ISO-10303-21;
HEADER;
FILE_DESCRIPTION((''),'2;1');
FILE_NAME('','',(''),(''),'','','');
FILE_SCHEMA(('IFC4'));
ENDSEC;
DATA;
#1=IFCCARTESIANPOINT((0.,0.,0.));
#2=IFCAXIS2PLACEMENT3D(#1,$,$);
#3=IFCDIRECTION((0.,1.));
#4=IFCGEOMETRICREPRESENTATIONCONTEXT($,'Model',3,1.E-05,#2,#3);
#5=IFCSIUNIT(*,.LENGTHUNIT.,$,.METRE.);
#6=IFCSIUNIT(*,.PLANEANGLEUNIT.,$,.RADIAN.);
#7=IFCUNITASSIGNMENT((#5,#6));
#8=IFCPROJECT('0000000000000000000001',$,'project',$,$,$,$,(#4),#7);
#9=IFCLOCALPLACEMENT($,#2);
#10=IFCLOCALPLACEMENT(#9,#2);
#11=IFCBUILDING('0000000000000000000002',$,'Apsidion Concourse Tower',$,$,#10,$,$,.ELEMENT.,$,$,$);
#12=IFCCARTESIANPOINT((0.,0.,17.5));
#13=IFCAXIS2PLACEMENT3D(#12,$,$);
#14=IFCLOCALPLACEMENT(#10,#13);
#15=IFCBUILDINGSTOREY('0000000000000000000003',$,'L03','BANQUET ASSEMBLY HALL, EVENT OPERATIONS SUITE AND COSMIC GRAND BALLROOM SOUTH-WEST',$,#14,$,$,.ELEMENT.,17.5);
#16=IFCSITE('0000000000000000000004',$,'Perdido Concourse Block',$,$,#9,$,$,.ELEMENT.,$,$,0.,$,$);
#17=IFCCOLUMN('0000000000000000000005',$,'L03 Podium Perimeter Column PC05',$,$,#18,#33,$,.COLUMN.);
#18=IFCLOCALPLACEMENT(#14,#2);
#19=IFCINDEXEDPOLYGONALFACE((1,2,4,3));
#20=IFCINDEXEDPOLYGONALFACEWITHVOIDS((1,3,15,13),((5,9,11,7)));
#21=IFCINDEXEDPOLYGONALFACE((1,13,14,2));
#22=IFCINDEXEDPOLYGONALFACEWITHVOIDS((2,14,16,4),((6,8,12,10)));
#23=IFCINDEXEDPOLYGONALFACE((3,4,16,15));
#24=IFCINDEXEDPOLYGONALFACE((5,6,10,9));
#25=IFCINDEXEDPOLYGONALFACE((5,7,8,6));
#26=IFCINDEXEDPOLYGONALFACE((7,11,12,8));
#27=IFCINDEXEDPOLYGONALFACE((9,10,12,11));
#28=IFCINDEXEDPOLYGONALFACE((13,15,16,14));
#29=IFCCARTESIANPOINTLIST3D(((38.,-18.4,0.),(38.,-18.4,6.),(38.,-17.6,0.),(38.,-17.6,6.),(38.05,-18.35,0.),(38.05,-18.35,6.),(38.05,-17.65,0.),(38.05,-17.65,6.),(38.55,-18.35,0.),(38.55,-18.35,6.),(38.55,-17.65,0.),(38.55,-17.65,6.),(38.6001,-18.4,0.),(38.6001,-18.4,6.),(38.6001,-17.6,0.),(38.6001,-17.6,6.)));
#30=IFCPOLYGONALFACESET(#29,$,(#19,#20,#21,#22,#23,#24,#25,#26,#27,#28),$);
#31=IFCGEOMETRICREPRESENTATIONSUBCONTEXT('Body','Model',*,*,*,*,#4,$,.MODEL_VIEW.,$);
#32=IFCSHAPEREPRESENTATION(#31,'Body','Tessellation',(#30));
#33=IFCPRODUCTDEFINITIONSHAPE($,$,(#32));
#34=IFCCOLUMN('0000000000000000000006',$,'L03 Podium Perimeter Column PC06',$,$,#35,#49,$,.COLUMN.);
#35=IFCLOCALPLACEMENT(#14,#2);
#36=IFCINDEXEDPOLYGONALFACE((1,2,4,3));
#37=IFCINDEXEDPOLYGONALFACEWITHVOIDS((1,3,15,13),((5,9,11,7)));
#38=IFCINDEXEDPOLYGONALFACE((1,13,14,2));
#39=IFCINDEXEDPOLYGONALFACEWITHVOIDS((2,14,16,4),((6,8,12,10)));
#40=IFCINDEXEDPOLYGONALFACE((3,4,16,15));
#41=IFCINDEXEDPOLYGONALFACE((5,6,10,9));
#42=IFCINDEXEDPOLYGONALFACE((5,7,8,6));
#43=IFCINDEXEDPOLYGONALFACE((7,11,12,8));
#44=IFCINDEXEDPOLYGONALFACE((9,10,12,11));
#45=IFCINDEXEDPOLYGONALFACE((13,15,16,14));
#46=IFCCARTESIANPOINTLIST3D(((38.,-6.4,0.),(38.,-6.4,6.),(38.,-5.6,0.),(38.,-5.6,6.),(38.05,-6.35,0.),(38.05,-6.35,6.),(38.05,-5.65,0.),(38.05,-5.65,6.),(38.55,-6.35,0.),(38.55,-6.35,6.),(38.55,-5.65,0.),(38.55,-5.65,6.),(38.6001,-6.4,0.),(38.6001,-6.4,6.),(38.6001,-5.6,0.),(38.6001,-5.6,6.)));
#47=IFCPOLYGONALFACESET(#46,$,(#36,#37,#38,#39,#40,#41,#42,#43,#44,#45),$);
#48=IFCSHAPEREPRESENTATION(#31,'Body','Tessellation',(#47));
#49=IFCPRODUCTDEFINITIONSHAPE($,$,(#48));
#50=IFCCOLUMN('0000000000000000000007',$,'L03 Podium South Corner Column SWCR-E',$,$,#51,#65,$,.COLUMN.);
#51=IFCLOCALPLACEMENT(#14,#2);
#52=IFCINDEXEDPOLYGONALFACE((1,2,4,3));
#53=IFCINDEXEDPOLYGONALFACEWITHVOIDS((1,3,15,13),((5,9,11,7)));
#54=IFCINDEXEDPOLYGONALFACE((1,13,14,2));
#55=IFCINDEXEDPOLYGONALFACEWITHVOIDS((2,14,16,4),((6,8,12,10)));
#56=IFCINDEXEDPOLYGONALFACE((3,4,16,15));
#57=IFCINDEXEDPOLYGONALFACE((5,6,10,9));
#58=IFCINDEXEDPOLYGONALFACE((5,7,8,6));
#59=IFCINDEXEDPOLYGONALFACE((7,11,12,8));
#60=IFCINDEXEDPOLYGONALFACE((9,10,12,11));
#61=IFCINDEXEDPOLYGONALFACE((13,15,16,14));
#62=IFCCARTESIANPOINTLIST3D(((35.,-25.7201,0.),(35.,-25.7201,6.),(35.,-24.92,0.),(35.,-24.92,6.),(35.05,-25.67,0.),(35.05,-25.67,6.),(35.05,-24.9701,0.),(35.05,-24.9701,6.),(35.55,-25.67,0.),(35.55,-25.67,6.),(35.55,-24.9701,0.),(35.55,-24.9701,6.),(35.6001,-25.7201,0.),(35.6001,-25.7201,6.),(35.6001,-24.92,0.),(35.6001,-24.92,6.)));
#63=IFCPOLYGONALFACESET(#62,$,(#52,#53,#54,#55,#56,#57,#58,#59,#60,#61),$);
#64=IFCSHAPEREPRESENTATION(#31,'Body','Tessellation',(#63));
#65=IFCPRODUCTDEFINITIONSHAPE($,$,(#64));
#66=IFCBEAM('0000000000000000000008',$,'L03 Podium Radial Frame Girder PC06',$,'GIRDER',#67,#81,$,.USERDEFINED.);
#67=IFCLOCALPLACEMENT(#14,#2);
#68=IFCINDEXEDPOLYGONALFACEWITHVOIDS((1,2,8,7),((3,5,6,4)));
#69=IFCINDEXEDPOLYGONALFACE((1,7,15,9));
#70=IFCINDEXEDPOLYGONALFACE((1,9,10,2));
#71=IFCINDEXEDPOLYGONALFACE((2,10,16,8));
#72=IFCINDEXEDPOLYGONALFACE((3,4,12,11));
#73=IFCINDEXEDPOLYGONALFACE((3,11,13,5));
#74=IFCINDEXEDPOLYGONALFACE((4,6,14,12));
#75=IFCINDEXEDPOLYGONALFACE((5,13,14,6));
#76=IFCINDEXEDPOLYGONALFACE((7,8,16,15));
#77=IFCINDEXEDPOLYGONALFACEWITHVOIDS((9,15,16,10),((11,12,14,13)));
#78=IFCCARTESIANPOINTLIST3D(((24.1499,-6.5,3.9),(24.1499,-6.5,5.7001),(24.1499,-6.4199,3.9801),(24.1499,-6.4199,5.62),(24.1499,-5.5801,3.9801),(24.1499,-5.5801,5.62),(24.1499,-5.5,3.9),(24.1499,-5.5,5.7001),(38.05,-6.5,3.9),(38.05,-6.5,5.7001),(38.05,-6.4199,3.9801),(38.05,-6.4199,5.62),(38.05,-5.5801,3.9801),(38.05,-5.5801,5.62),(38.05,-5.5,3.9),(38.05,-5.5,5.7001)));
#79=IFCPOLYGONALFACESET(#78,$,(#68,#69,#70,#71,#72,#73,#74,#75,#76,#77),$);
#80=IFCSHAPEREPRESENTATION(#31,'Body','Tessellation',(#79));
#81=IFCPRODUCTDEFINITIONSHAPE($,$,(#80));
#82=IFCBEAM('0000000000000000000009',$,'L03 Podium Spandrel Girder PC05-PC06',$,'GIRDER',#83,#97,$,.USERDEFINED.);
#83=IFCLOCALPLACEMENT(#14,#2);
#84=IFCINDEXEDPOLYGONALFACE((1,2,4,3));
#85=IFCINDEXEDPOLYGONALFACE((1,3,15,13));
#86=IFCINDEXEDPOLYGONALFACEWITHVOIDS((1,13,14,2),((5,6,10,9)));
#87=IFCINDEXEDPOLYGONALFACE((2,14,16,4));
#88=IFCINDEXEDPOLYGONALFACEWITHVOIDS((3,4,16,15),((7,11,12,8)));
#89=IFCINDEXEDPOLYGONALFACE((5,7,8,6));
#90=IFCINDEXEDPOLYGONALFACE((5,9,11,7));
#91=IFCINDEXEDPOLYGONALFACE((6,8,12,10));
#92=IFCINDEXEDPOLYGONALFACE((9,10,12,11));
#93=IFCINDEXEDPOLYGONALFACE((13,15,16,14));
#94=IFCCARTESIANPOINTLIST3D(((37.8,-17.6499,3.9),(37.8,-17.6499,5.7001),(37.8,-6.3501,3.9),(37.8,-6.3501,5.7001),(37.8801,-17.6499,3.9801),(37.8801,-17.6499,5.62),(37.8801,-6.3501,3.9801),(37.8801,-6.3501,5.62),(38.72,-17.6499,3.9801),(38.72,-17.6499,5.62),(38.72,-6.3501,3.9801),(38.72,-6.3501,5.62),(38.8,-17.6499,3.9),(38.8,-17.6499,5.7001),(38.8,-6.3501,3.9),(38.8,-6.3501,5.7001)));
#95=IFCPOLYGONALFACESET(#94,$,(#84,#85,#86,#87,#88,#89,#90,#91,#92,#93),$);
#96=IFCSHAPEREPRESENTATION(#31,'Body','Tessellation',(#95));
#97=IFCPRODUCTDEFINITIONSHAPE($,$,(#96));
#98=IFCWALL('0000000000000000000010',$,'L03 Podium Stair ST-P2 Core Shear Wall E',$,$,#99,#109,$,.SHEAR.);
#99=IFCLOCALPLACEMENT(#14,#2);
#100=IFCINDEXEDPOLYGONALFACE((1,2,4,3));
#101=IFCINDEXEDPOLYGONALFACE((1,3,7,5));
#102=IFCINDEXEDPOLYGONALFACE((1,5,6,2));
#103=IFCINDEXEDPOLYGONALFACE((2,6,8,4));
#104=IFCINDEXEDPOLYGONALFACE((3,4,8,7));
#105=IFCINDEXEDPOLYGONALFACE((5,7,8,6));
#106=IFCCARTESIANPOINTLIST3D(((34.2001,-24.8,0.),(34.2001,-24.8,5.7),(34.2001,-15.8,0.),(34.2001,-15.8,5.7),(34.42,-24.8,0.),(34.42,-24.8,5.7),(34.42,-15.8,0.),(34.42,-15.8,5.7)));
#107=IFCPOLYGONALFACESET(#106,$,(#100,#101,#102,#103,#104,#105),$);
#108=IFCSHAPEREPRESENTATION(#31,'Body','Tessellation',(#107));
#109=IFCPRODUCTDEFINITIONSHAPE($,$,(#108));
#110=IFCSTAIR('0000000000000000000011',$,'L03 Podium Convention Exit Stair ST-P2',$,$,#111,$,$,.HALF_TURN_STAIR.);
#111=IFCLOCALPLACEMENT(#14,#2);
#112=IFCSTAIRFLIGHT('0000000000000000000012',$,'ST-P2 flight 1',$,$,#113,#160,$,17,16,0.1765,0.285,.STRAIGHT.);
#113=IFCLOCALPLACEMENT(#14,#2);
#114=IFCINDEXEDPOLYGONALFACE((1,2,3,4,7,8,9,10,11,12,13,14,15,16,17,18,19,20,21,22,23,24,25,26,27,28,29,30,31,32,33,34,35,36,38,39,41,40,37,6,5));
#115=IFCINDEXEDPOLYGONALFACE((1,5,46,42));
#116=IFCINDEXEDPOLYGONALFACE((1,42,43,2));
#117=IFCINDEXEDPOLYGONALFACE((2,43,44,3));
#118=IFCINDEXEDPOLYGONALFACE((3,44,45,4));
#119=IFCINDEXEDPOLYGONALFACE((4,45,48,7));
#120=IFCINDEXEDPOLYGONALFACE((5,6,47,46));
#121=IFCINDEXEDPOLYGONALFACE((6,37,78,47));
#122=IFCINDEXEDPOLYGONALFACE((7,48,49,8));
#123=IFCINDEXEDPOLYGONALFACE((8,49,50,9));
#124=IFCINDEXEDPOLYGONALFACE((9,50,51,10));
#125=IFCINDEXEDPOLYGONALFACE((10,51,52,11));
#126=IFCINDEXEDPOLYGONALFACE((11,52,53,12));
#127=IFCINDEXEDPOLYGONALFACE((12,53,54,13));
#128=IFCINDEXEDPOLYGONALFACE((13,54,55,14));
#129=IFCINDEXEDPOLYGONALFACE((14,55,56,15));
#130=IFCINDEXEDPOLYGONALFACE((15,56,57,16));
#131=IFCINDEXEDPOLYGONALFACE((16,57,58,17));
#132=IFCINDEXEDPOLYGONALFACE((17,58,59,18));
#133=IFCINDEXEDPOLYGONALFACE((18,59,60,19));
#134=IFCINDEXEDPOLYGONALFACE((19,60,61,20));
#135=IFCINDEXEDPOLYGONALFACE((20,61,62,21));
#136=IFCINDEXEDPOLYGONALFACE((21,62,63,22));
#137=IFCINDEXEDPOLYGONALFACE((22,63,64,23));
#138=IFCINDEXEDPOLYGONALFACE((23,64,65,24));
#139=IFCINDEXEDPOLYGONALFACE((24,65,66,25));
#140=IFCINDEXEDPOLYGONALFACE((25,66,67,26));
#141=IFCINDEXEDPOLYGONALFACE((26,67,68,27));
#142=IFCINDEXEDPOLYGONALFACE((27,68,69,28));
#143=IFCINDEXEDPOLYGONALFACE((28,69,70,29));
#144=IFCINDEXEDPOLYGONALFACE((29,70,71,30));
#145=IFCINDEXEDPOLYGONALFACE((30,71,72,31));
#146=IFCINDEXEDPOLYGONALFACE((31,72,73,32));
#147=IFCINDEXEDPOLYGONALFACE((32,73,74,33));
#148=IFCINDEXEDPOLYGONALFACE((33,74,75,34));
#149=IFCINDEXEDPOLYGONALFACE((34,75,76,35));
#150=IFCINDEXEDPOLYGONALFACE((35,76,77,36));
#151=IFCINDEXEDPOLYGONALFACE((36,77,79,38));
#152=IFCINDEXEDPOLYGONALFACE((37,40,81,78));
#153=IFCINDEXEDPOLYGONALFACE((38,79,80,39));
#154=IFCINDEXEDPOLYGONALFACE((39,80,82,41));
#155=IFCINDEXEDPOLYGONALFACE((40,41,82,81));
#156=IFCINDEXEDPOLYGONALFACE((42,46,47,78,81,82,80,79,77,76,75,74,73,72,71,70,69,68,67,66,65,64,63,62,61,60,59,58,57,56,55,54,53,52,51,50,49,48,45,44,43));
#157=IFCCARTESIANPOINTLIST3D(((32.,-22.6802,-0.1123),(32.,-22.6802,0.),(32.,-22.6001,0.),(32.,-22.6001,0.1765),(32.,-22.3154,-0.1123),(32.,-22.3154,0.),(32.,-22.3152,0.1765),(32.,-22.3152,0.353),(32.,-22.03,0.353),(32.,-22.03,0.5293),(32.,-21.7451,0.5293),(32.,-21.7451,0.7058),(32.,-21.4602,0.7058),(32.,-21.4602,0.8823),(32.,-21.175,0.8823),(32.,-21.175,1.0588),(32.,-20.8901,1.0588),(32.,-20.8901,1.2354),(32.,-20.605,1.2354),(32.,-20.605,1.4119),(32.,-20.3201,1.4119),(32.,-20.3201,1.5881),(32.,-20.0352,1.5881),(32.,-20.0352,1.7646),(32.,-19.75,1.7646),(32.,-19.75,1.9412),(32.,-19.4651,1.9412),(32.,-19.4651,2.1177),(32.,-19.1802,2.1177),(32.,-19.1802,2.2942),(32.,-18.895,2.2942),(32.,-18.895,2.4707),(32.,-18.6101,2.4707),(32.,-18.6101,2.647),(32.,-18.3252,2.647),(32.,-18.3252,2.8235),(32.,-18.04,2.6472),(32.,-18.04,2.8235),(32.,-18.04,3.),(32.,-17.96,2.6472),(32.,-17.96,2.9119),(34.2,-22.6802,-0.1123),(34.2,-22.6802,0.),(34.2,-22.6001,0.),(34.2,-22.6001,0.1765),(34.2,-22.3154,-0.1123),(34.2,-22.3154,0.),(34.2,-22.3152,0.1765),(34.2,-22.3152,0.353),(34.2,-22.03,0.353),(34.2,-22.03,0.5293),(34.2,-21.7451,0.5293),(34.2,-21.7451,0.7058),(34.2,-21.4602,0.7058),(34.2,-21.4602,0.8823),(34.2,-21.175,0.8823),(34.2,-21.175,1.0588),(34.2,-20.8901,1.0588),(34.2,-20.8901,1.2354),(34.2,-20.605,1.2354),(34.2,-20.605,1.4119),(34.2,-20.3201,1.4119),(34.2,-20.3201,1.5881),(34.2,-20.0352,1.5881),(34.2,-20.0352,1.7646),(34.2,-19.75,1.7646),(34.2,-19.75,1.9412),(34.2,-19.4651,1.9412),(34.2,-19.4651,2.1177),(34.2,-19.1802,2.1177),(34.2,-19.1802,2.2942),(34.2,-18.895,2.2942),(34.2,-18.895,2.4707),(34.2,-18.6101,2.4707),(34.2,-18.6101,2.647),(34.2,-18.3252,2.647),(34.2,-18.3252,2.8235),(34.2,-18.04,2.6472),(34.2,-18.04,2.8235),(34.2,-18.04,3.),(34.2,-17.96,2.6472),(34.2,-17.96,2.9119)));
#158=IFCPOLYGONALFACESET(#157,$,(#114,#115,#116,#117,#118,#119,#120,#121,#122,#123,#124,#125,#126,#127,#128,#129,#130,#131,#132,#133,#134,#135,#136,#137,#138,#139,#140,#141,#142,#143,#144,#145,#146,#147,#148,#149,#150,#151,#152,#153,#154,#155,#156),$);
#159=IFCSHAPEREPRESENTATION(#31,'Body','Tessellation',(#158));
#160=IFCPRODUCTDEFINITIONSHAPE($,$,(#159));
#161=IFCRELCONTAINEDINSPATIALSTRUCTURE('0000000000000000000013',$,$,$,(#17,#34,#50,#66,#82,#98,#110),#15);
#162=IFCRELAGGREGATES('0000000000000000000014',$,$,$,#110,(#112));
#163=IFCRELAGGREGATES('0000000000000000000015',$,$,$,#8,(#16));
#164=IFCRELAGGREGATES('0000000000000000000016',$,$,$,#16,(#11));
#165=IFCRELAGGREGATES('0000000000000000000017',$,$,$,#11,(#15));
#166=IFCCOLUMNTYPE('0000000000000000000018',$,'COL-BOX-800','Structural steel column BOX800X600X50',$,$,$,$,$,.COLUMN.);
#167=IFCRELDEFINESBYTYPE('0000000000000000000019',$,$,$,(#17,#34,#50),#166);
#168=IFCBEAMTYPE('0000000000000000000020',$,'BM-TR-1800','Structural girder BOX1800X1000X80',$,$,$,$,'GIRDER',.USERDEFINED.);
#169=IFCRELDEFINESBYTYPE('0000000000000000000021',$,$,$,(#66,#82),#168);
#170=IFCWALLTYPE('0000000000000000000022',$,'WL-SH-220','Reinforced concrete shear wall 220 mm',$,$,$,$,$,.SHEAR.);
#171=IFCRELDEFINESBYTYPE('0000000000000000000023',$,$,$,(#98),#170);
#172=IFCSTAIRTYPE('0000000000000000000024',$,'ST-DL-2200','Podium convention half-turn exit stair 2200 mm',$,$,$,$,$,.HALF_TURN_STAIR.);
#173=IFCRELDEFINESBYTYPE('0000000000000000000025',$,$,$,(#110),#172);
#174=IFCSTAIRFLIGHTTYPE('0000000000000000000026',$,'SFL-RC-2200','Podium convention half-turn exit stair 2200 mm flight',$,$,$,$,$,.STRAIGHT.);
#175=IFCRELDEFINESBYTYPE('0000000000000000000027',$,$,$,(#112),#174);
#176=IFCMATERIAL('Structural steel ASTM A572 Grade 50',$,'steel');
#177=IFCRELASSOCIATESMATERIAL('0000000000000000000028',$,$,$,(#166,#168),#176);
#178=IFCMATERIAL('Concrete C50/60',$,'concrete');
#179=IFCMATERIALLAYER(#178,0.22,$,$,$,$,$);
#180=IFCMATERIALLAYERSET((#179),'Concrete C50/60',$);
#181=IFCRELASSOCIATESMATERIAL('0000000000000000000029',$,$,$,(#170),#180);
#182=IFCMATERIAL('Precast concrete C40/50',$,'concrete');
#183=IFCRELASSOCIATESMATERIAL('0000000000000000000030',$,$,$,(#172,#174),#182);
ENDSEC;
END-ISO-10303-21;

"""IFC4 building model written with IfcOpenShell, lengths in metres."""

from ifc_helpers import new_model, si_unit, direction, frame, frame_2d, origin, origin_2d, place, context, subcontext, project, spatial, polyline, rectangle, hollow_rectangle, outline, extrude, material, layer, layer_set, material_profile, profile_set, type_object, element, aggregate, save


model = new_model("IFC4")

# Units and contexts
model_context = context("Model", 3, precision=1e-05, world=origin(), true_north=direction((0.0, 1.0)))
body_context = subcontext(model_context, "Body", "Model", "MODEL_VIEW")
ifc_project = project(units=[si_unit("LENGTHUNIT", "METRE"), si_unit("PLANEANGLEUNIT", "RADIAN")], contexts=[model_context])

# Site, building, storey
site_placement = place(None, origin())
site = spatial("IfcSite", under=ifc_project, at=site_placement, Name="Perdido Concourse Block", CompositionType="ELEMENT", RefElevation=0.0)
building_placement = place(site_placement, origin())
building = spatial("IfcBuilding", under=site, at=building_placement, Name="Apsidion Concourse Tower", CompositionType="ELEMENT")
storey_placement = place(building_placement, frame((0.0, 0.0, 17.5)))
storey = spatial("IfcBuildingStorey", under=building, at=storey_placement, Name="L03", Description="BANQUET ASSEMBLY HALL, EVENT OPERATIONS SUITE AND COSMIC GRAND BALLROOM SOUTH-WEST", CompositionType="ELEMENT", Elevation=17.5)

# Columns
ifc_material_1 = material(Name="Structural steel ASTM A572 Grade 50", Category="steel")
ifc_material_profile_1 = material_profile(ifc_material_1, hollow_rectangle(XDim=0.6001, YDim=0.8, WallThickness=0.05, at=origin_2d()), Name="BOX800X600X50")
ifc_profile_set_1 = profile_set([ifc_material_profile_1], Name="Structural steel ASTM A572 Grade 50")
column_type = type_object("IfcColumnType", Name="COL-BOX-800", Description="Structural steel column BOX800X600X50", PredefinedType="COLUMN", material=ifc_profile_set_1)
for number, where, z_axis, x_axis, name in (
    (1, (38.3, -18.0, 0.0), (0.0, 0.0, 1.0), (1.0, 0.0, 0.0), "L03 Podium Perimeter Column PC05"),
    (2, (38.3, -6.0, 0.0), (0.0, 0.0, 1.0), (1.0, 0.0, 0.0), "L03 Podium Perimeter Column PC06"),
    (3, (35.3, -25.3201, 0.0), (0.0, 0.0, 1.0), (1.0, 0.0, 0.0), "L03 Podium South Corner Column SWCR-E"),
):
    element("IfcColumn", number, at=place(storey_placement, frame(where, z_axis=z_axis, x_axis=x_axis)), inside=storey, type_object=column_type, Name=name, PredefinedType="COLUMN", context=body_context, shape_type="SweptSolid", body=[
        extrude(hollow_rectangle(XDim=0.6001, YDim=0.8, WallThickness=0.05, at=origin_2d()), origin(), (0.0, 0.0, 1.0), 6.0),
    ])

# Beams
ifc_material_profile_2 = material_profile(ifc_material_1, hollow_rectangle(XDim=1.0, YDim=1.8, WallThickness=0.0801, at=origin_2d()), Name="BOX1800X1000X80")
ifc_profile_set_2 = profile_set([ifc_material_profile_2], Name="Structural steel ASTM A572 Grade 50")
beam_type = type_object("IfcBeamType", Name="BM-TR-1800", Description="Structural girder BOX1800X1000X80", ElementType="GIRDER", PredefinedType="USERDEFINED", material=ifc_profile_set_2)
beam_1_placement = place(storey_placement, frame((38.05, -6.0, 4.8), z_axis=(-1.0, 0.0, 0.0), x_axis=(0.0, -1.0, 0.0)))
element("IfcBeam", 4, at=beam_1_placement, inside=storey, type_object=beam_type, Name="L03 Podium Radial Frame Girder PC06", ObjectType="GIRDER", PredefinedType="USERDEFINED", context=body_context, shape_type="SweptSolid", body=[
    extrude(hollow_rectangle(XDim=1.0, YDim=1.8, WallThickness=0.0801, at=origin_2d()), origin(), (0.0, 0.0, 1.0), 13.9001),
])
beam_2_placement = place(storey_placement, frame((38.3, -17.6499, 4.8), z_axis=(0.0, 1.0, 0.0), x_axis=(-1.0, 0.0, 0.0)))
element("IfcBeam", 5, at=beam_2_placement, inside=storey, type_object=beam_type, Name="L03 Podium Spandrel Girder PC05-PC06", ObjectType="GIRDER", PredefinedType="USERDEFINED", context=body_context, shape_type="SweptSolid", body=[
    extrude(hollow_rectangle(XDim=1.0, YDim=1.8, WallThickness=0.0801, at=origin_2d()), origin(), (0.0, 0.0, 1.0), 11.2998),
])

# Shared definitions
ifc_material_2 = material(Name="Precast concrete C40/50", Category="concrete")

# Wall
ifc_material_3 = material(Name="Concrete C50/60", Category="concrete")
ifc_layer_1 = layer(ifc_material_3, 0.22)
ifc_layer_set_1 = layer_set([ifc_layer_1], Name="Concrete C50/60")
wall_type_1 = type_object("IfcWallType", Name="WL-SH-220", Description="Reinforced concrete shear wall 220 mm", PredefinedType="SHEAR", material=ifc_layer_set_1)
wall_1_placement = place(storey_placement, frame((34.3101, -24.8, 0.0), z_axis=(0.0, 0.0, 1.0), x_axis=(0.0, 1.0, 0.0)))
element("IfcWall", 6, at=wall_1_placement, inside=storey, type_object=wall_type_1, Name="L03 Podium Stair ST-P2 Core Shear Wall E", PredefinedType="SHEAR", context=body_context, shape_type="SweptSolid", body=[
    extrude(rectangle(XDim=9.0, YDim=0.22, at=frame_2d((4.5, 0.0))), origin(), (0.0, 0.0, 1.0), 5.7),
])

# Stair, stair flight
stair_type = type_object("IfcStairType", Name="ST-DL-2200", Description="Podium convention half-turn exit stair 2200 mm", PredefinedType="HALF_TURN_STAIR", material=ifc_material_2)
stair_placement = place(storey_placement, origin())
stair = element("IfcStair", 7, at=stair_placement, inside=storey, type_object=stair_type, Name="L03 Podium Convention Exit Stair ST-P2", PredefinedType="HALF_TURN_STAIR")
stair_flight_type = type_object("IfcStairFlightType", Name="SFL-RC-2200", Description="Podium convention half-turn exit stair 2200 mm flight", PredefinedType="STRAIGHT", material=ifc_material_2)
stair_flight_placement = place(storey_placement, frame((33.1001, -22.6001, 0.0), z_axis=(0.0, 0.0, 1.0), x_axis=(0.0, 1.0, 0.0)))
stair_flight = element("IfcStairFlight", 8, at=stair_flight_placement, type_object=stair_flight_type, Name="ST-P2 flight 1", NumberOfRisers=17, NumberOfTreads=16, PredefinedType="STRAIGHT", RiserHeight=0.1765, TreadLength=0.285, context=body_context, shape_type="SweptSolid", body=[
    extrude(outline(polyline([(-0.0801, -0.1123), (-0.0801, 0.0), (0.0, 0.0), (0.0, 0.1765), (0.2849, 0.1765), (0.2849, 0.353), (0.5701, 0.353), (0.5701, 0.5293), (0.855, 0.5293), (0.855, 0.7058), (1.1399, 0.7058), (1.1399, 0.8823), (1.425, 0.8823), (1.425, 1.0588), (1.71, 1.0588), (1.71, 1.2354), (1.9951, 1.2354), (1.9951, 1.4119), (2.28, 1.4119), (2.28, 1.5881), (2.5649, 1.5881), (2.5649, 1.7646), (2.8501, 1.7646), (2.8501, 1.9412), (3.135, 1.9412), (3.135, 2.1177), (3.4199, 2.1177), (3.4199, 2.2942), (3.7051, 2.2942), (3.7051, 2.4707), (3.99, 2.4707), (3.99, 2.647), (4.2749, 2.647), (4.2749, 2.8235), (4.5601, 2.8235), (4.5601, 3.0), (4.6401, 2.9119), (4.6401, 2.6472), (4.5601, 2.6472), (0.2847, 0.0), (0.2847, -0.1123), (-0.0801, -0.1123)])), frame((0.0, 1.1001, 0.0), z_axis=(0.0, -1.0, 0.0), x_axis=(1.0, 0.0, 0.0)), (0.0, 0.0, 1.0), 2.2),
])
aggregate(stair, [stair_flight])

save(model, "model.ifc")
